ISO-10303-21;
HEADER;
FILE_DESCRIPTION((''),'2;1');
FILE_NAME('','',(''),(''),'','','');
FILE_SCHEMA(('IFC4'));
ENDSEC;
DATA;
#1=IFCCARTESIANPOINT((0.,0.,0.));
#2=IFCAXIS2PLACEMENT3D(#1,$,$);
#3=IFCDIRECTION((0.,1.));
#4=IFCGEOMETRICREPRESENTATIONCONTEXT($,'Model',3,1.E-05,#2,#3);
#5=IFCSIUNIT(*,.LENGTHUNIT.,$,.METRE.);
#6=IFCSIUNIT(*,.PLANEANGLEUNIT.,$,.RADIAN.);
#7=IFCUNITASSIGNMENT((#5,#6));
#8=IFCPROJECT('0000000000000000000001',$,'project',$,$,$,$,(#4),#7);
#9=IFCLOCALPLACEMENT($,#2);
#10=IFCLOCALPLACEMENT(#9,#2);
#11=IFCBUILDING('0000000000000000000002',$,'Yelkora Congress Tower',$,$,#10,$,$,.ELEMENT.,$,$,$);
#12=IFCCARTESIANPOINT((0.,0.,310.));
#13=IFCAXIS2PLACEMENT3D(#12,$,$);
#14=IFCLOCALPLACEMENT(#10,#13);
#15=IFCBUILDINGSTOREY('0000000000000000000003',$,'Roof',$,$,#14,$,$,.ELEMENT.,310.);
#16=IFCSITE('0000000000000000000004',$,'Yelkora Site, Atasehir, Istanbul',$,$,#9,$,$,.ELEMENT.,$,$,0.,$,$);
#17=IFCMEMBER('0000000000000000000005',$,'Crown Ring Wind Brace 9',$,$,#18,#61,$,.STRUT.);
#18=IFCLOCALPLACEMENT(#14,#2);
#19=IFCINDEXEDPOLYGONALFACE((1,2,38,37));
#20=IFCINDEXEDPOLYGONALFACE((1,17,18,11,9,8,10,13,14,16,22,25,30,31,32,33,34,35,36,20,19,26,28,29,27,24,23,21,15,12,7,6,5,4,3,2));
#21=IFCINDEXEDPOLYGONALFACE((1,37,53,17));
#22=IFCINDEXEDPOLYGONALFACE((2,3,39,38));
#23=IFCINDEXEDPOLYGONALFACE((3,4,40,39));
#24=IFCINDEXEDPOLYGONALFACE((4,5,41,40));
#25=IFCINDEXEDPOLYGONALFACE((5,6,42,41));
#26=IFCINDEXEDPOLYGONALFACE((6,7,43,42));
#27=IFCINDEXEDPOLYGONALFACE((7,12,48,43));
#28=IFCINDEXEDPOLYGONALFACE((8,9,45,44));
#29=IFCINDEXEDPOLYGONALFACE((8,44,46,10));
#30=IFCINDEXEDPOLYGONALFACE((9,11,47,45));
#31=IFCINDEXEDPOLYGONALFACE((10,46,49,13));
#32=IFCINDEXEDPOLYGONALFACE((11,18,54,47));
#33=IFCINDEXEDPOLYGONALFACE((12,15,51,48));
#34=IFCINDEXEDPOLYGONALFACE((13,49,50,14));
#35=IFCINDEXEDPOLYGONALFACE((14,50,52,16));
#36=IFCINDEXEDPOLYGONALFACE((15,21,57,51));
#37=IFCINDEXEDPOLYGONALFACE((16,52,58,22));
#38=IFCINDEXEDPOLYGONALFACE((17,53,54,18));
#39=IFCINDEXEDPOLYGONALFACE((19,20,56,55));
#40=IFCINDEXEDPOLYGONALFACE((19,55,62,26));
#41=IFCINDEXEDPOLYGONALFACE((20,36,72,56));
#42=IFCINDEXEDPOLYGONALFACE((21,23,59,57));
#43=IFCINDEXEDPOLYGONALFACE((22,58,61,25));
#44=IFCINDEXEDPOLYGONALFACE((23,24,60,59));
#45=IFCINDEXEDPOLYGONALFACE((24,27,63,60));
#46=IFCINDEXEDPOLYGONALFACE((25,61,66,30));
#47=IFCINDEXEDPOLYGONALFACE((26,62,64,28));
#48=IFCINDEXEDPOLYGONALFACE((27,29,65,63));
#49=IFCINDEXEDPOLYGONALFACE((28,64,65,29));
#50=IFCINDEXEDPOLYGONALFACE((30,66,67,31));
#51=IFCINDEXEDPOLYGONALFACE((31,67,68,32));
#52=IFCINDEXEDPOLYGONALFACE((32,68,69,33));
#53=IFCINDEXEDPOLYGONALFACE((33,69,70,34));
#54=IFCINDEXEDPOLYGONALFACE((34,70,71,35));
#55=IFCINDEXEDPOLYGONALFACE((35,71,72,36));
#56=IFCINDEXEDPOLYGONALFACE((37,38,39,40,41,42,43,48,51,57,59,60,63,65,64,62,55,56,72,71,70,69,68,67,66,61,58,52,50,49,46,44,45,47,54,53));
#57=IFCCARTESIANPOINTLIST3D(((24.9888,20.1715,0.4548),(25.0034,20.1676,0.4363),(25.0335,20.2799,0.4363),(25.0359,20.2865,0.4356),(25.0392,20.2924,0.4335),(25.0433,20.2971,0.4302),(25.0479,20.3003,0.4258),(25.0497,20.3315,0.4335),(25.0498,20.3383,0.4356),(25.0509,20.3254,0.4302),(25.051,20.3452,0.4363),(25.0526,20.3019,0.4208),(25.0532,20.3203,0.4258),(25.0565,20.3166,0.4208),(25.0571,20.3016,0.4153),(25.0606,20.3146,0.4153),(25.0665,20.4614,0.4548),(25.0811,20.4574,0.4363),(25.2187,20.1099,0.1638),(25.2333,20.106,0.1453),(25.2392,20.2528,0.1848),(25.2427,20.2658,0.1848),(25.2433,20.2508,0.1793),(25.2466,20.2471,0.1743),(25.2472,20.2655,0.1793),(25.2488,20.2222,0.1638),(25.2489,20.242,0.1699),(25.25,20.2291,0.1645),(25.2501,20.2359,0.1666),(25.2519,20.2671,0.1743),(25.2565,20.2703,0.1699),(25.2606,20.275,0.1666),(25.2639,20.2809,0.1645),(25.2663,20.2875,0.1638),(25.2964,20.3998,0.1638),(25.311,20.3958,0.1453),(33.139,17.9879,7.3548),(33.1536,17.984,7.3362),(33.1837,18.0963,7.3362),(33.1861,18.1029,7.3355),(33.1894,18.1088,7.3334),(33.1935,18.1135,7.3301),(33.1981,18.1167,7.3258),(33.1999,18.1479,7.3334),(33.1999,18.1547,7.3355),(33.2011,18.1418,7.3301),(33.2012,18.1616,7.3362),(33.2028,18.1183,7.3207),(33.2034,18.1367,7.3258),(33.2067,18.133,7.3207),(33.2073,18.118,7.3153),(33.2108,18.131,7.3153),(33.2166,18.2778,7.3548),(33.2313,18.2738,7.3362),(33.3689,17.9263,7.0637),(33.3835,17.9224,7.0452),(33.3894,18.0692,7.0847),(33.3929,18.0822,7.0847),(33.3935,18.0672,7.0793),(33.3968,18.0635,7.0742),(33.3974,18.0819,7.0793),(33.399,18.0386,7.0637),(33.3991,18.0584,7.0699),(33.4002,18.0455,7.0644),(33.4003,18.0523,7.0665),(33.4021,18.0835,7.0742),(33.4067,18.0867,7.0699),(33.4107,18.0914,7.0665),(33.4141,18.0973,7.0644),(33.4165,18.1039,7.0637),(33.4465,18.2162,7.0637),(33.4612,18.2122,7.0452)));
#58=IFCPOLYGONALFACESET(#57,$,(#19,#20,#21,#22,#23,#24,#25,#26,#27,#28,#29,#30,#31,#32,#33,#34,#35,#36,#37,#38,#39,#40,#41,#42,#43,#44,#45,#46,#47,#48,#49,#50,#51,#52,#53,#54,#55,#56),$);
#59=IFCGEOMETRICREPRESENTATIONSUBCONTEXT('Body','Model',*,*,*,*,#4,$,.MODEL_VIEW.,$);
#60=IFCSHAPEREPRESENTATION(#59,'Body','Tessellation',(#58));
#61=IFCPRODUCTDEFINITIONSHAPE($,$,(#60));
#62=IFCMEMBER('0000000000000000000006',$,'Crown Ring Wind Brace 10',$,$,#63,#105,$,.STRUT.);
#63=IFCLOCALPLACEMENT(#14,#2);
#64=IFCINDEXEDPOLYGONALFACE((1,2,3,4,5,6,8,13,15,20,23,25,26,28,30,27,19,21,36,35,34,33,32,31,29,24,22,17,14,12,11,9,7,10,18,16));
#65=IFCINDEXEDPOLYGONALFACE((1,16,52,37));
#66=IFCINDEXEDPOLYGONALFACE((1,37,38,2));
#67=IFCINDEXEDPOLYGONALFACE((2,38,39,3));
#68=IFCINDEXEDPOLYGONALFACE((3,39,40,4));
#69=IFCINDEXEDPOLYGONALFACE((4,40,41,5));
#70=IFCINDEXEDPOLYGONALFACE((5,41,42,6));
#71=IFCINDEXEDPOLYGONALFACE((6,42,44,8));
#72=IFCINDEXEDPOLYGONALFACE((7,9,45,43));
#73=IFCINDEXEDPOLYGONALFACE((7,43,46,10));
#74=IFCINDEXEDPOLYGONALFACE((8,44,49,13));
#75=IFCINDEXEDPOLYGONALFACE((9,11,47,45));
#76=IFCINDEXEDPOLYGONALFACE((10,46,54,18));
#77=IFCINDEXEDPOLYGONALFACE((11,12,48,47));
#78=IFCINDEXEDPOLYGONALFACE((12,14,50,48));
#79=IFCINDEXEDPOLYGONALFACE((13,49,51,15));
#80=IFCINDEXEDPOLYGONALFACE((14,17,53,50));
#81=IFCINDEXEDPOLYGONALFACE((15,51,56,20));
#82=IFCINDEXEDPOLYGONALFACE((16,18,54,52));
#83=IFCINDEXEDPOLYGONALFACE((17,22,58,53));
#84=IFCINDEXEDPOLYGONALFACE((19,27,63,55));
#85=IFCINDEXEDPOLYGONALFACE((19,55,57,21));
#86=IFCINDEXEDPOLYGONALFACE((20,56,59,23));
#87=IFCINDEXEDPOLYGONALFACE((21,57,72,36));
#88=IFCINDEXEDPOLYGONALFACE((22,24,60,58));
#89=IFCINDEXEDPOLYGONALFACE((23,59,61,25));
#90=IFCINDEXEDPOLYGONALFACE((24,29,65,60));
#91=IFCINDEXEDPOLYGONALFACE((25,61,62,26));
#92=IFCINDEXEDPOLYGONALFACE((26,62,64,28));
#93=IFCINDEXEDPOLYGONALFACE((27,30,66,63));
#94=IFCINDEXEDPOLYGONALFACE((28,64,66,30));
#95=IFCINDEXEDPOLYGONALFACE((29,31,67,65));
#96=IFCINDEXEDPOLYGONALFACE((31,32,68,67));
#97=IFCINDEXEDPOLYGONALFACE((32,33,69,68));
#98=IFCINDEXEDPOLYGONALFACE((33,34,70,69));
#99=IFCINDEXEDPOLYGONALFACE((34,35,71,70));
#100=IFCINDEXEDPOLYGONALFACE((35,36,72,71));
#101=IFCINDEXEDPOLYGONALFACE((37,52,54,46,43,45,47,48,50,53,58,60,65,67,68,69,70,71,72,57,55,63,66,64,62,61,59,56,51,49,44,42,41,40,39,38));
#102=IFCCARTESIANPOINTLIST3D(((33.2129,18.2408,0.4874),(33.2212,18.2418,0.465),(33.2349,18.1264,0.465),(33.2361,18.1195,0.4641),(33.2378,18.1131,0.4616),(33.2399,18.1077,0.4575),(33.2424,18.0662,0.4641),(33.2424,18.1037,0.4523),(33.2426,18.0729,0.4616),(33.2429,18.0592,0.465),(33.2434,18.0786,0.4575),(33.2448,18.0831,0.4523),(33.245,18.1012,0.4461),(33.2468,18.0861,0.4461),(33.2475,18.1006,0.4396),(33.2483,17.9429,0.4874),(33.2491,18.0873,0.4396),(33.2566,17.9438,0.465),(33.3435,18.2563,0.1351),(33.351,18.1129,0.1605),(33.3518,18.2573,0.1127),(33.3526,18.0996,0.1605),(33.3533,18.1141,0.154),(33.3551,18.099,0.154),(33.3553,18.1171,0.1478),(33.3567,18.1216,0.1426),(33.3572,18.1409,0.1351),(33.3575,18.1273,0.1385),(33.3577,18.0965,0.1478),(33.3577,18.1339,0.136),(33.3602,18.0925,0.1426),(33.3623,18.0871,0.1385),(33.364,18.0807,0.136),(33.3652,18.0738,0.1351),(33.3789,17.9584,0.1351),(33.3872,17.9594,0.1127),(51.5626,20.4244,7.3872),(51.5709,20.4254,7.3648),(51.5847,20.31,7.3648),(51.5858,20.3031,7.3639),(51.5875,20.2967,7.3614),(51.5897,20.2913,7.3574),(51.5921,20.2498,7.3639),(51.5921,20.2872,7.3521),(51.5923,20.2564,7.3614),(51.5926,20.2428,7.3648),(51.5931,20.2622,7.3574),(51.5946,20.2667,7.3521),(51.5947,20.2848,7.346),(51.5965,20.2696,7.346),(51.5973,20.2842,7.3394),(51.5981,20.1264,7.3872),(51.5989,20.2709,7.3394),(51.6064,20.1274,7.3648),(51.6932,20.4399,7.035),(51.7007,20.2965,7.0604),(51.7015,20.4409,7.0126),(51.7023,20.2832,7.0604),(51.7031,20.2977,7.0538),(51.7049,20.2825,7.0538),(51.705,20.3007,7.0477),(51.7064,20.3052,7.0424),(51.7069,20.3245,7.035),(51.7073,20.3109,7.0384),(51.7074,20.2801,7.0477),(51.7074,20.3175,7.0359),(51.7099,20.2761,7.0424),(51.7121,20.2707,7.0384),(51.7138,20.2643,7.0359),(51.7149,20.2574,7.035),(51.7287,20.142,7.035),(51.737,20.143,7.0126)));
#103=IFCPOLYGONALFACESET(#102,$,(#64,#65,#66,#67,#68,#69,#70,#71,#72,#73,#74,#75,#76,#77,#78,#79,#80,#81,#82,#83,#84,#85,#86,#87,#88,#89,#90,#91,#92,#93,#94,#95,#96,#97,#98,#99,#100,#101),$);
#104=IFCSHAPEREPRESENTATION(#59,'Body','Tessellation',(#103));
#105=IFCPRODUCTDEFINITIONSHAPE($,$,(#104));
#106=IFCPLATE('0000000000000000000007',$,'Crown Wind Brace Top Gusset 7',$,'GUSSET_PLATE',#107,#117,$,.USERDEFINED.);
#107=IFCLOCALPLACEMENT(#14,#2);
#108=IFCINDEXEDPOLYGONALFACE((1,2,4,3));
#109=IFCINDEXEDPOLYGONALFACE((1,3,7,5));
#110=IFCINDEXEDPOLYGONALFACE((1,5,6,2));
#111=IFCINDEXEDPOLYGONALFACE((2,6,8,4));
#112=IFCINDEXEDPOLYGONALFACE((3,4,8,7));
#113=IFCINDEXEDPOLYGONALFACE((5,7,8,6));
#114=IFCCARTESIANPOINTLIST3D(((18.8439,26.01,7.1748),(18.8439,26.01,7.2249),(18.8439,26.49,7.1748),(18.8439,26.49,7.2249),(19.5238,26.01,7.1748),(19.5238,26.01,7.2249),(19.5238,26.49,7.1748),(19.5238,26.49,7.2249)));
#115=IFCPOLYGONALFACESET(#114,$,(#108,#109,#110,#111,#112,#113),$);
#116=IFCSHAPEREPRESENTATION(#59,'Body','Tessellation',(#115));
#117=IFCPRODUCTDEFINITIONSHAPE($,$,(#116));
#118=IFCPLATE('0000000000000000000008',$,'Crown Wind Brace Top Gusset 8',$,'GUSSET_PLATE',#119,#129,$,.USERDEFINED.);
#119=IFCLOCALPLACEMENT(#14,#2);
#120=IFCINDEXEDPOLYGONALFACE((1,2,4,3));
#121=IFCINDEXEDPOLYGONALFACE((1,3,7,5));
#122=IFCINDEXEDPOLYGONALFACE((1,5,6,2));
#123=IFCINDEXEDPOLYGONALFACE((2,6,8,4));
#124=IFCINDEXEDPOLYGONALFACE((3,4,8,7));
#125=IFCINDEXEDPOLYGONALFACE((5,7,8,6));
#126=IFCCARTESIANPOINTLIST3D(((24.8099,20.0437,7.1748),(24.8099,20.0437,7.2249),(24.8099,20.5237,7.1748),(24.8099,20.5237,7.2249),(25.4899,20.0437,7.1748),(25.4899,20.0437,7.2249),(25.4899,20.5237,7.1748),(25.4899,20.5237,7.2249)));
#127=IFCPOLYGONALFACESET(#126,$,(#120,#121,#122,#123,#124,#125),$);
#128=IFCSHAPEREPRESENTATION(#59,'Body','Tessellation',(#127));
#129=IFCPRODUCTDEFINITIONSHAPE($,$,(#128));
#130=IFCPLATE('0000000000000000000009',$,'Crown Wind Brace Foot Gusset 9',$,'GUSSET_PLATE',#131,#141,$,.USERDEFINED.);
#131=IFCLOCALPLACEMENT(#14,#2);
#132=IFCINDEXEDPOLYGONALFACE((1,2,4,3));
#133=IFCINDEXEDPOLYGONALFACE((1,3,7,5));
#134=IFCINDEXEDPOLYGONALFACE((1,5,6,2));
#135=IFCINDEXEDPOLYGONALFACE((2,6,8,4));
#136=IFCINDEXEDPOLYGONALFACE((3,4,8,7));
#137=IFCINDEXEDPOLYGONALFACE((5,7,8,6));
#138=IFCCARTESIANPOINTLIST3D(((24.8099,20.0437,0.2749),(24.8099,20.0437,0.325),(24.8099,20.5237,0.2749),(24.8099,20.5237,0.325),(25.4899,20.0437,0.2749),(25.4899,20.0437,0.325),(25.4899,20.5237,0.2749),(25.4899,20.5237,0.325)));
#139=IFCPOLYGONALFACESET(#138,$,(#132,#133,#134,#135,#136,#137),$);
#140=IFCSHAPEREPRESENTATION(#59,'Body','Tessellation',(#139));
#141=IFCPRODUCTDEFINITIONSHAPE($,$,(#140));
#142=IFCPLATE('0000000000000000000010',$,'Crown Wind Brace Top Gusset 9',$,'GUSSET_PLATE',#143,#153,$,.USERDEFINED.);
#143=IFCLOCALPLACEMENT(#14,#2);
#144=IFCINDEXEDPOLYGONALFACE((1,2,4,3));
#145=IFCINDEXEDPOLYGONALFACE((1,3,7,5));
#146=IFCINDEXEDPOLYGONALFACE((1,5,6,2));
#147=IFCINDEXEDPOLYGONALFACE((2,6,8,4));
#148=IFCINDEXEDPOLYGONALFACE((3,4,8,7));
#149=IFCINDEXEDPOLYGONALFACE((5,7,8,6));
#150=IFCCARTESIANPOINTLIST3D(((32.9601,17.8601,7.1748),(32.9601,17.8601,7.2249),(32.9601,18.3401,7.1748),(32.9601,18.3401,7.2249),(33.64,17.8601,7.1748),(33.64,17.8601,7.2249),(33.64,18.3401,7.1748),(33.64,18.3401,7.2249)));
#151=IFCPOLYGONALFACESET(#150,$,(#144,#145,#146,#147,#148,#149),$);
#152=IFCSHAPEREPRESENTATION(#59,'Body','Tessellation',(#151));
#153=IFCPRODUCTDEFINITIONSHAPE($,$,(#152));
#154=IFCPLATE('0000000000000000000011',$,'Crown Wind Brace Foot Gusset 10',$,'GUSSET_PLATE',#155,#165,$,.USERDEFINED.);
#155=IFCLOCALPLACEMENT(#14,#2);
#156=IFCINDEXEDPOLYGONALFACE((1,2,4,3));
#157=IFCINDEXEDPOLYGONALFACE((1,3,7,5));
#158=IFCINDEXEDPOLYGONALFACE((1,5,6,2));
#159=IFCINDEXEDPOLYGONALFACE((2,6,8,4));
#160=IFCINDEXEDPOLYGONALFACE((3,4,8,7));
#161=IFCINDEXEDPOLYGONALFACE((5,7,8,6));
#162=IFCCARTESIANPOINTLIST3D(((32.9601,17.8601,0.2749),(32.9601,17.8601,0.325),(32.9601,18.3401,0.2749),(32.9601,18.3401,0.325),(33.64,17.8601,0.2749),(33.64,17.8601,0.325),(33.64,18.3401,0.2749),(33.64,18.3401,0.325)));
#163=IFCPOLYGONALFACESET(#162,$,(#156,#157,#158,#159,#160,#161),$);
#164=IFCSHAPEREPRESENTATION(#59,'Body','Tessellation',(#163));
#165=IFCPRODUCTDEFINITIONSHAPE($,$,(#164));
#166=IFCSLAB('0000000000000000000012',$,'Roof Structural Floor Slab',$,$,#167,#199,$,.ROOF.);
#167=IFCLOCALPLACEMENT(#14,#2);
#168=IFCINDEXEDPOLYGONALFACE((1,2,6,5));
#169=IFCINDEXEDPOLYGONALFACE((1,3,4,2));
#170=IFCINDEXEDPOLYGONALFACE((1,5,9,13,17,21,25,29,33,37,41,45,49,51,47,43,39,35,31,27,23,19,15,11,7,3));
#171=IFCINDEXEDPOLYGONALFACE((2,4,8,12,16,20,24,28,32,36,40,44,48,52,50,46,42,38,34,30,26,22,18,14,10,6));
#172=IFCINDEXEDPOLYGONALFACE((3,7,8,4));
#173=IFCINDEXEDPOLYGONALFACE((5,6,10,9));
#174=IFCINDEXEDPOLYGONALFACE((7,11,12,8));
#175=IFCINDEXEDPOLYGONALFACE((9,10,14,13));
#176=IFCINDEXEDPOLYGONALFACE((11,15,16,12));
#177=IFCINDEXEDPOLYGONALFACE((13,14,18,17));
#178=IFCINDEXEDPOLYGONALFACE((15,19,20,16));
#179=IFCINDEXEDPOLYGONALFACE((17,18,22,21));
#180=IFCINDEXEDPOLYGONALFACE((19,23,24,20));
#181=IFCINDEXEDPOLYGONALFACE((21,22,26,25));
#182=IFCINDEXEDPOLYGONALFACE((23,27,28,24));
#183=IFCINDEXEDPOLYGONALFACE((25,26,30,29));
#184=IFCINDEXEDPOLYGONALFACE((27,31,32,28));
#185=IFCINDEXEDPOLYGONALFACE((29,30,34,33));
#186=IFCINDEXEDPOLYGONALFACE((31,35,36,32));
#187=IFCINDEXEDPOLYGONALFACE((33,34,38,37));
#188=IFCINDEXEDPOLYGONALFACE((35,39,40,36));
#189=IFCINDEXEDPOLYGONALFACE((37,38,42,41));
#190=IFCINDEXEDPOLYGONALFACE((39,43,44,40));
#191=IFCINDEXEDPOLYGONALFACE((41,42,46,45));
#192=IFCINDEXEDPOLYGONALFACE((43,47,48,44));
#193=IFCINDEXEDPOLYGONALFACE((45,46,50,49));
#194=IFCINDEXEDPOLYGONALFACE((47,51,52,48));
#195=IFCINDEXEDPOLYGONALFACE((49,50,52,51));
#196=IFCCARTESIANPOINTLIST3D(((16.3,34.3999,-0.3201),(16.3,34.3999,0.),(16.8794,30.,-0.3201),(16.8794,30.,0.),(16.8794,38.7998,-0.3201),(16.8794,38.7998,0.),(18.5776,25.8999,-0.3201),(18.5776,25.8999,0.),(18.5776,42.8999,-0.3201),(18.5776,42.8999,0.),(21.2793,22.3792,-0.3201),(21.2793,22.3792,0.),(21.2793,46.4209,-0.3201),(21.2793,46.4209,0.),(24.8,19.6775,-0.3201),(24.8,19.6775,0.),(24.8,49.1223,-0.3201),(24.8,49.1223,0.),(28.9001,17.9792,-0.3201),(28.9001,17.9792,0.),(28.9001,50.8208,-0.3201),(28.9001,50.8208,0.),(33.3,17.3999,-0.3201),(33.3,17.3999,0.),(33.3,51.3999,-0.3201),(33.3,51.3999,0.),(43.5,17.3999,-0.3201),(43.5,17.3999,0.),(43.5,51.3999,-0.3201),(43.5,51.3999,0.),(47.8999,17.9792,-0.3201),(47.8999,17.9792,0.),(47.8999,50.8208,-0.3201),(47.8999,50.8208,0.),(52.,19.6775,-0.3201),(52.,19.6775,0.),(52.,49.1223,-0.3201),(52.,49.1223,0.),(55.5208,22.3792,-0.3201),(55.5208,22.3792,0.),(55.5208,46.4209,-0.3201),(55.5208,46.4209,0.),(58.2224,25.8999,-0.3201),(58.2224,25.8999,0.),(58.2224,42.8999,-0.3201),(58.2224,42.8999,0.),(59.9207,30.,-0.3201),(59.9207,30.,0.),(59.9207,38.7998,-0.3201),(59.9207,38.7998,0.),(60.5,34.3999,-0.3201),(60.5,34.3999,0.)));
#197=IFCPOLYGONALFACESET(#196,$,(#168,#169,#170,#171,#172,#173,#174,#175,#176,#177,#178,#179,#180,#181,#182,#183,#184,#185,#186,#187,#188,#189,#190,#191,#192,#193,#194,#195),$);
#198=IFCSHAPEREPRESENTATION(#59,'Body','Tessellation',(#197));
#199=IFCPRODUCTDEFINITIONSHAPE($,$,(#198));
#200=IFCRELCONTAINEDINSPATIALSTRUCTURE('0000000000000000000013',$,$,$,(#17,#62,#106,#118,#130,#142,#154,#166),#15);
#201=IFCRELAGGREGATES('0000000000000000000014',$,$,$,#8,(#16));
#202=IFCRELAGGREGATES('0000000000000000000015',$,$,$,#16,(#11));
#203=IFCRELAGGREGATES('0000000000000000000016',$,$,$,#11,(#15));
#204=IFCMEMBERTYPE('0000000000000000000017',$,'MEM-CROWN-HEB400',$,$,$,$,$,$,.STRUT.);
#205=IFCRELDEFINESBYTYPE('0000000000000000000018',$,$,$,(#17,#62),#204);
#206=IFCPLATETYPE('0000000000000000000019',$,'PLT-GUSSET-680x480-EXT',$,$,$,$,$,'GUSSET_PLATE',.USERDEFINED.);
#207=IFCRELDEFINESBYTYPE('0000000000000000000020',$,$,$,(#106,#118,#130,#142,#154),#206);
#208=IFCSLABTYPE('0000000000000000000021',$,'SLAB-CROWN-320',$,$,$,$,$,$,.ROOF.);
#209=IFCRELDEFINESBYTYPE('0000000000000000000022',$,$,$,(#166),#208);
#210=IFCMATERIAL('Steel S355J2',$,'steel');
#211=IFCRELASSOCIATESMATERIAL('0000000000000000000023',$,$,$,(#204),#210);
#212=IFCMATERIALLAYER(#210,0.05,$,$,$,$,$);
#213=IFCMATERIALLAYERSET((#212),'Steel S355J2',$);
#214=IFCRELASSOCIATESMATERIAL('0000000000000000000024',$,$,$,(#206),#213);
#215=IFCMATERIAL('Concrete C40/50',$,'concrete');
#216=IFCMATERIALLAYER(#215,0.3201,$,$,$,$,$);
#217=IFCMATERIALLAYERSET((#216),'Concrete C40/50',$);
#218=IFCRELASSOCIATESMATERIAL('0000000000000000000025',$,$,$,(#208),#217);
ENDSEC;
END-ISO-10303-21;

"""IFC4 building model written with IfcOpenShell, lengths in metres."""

from ifc_helpers import new_model, si_unit, direction, frame, origin, origin_2d, place, context, subcontext, project, spatial, polyline, rectangle, i_section, outline, extrude, material, layer, layer_set, material_profile, profile_set, type_object, element, save


model = new_model("IFC4")

# Units and contexts
model_context = context("Model", 3, precision=1e-05, world=origin(), true_north=direction((0.0, 1.0)))
body_context = subcontext(model_context, "Body", "Model", "MODEL_VIEW")
ifc_project = project(units=[si_unit("LENGTHUNIT", "METRE"), si_unit("PLANEANGLEUNIT", "RADIAN")], contexts=[model_context])

# Site, building, storey
site_placement = place(None, origin())
site = spatial("IfcSite", under=ifc_project, at=site_placement, Name="Yelkora Site, Atasehir, Istanbul", CompositionType="ELEMENT", RefElevation=0.0)
building_placement = place(site_placement, origin())
building = spatial("IfcBuilding", under=site, at=building_placement, Name="Yelkora Congress Tower", CompositionType="ELEMENT")
storey_placement = place(building_placement, frame((0.0, 0.0, 310.0)))
storey = spatial("IfcBuildingStorey", under=building, at=storey_placement, Name="Roof", CompositionType="ELEMENT", Elevation=310.0)

# Shared definitions
ifc_material_1 = material(Name="Steel S355J2", Category="steel")

# Members
ifc_material_profile_1 = material_profile(ifc_material_1, i_section(OverallWidth=0.3, OverallDepth=0.3999, WebThickness=0.0134, FlangeThickness=0.0239, FilletRadius=0.0271, at=origin_2d()), Name="HEB 400")
ifc_profile_set_1 = profile_set([ifc_material_profile_1], Name="Steel S355J2")
member_type = type_object("IfcMemberType", Name="MEM-CROWN-HEB400", PredefinedType="STRUT", material=ifc_profile_set_1)
member_1_placement = place(storey_placement, frame((25.1499, 20.2837, 0.3), z_axis=(0.747746, -0.200337, 0.633041), x_axis=(0.258793, 0.965933, 0.0)))
element("IfcMember", 1, at=member_1_placement, inside=storey, type_object=member_type, Name="Crown Ring Wind Brace 9", PredefinedType="STRUT", context=body_context, shape_type="SweptSolid", body=[
    extrude(i_section(OverallWidth=0.3, OverallDepth=0.3999, WebThickness=0.0134, FlangeThickness=0.0239, FilletRadius=0.0271, at=origin_2d()), origin(), (0.0, 0.0, 1.0), 10.8997),
])
member_2_placement = place(storey_placement, frame((33.3, 18.1001, 0.3), z_axis=(0.930262, 0.110699, 0.349797), x_axis=(-0.118164, 0.992994, 0.0)))
element("IfcMember", 2, at=member_2_placement, inside=storey, type_object=member_type, Name="Crown Ring Wind Brace 10", PredefinedType="STRUT", context=body_context, shape_type="SweptSolid", body=[
    extrude(i_section(OverallWidth=0.3, OverallDepth=0.3999, WebThickness=0.0134, FlangeThickness=0.0239, FilletRadius=0.0271, at=origin_2d()), origin(), (0.0, 0.0, 1.0), 19.7253),
])

# Plates
ifc_layer_1 = layer(ifc_material_1, 0.05)
ifc_layer_set_1 = layer_set([ifc_layer_1], Name="Steel S355J2")
plate_type = type_object("IfcPlateType", Name="PLT-GUSSET-680x480-EXT", ElementType="GUSSET_PLATE", PredefinedType="USERDEFINED", material=ifc_layer_set_1)
for number, where, z_axis, x_axis, name in (
    (3, (19.1838, 26.25, 7.1748), (0.0, 0.0, 1.0), (1.0, 0.0, 0.0), "Crown Wind Brace Top Gusset 7"),
    (4, (25.1499, 20.2837, 7.1748), (0.0, 0.0, 1.0), (1.0, 0.0, 0.0), "Crown Wind Brace Top Gusset 8"),
    (5, (25.1499, 20.2837, 0.2749), (0.0, 0.0, 1.0), (1.0, 0.0, 0.0), "Crown Wind Brace Foot Gusset 9"),
    (6, (33.3, 18.1001, 7.1748), (0.0, 0.0, 1.0), (1.0, 0.0, 0.0), "Crown Wind Brace Top Gusset 9"),
    (7, (33.3, 18.1001, 0.2749), (0.0, 0.0, 1.0), (1.0, 0.0, 0.0), "Crown Wind Brace Foot Gusset 10"),
):
    element("IfcPlate", number, at=place(storey_placement, frame(where, z_axis=z_axis, x_axis=x_axis)), inside=storey, type_object=plate_type, Name=name, ObjectType="GUSSET_PLATE", PredefinedType="USERDEFINED", context=body_context, shape_type="SweptSolid", body=[
        extrude(rectangle(XDim=0.6799, YDim=0.48, at=origin_2d()), origin(), (0.0, 0.0, 1.0), 0.05),
    ])

# Slab
ifc_material_2 = material(Name="Concrete C40/50", Category="concrete")
ifc_layer_2 = layer(ifc_material_2, 0.3201)
ifc_layer_set_2 = layer_set([ifc_layer_2], Name="Concrete C40/50")
slab_type_1 = type_object("IfcSlabType", Name="SLAB-CROWN-320", PredefinedType="ROOF", material=ifc_layer_set_2)
slab_1_placement = place(storey_placement, frame((0.0, 0.0, -0.3201)))
element("IfcSlab", 8, at=slab_1_placement, inside=storey, type_object=slab_type_1, Name="Roof Structural Floor Slab", PredefinedType="ROOF", context=body_context, shape_type="SweptSolid", body=[
    extrude(outline(polyline([(43.5, 17.3999), (47.8999, 17.9792), (52.0, 19.6775), (55.5208, 22.3792), (58.2224, 25.8999), (59.9207, 30.0), (60.5, 34.3999), (59.9207, 38.7998), (58.2224, 42.8999), (55.5208, 46.4209), (52.0, 49.1223), (47.8999, 50.8208), (43.5, 51.3999), (33.3, 51.3999), (28.9001, 50.8208), (24.8, 49.1223), (21.2793, 46.4209), (18.5776, 42.8999), (16.8794, 38.7998), (16.3, 34.3999), (16.8794, 30.0), (18.5776, 25.8999), (21.2793, 22.3792), (24.8, 19.6775), (28.9001, 17.9792), (33.3, 17.3999), (43.5, 17.3999)])), origin(), (0.0, 0.0, 1.0), 0.3201),
])

save(model, "model.ifc")
